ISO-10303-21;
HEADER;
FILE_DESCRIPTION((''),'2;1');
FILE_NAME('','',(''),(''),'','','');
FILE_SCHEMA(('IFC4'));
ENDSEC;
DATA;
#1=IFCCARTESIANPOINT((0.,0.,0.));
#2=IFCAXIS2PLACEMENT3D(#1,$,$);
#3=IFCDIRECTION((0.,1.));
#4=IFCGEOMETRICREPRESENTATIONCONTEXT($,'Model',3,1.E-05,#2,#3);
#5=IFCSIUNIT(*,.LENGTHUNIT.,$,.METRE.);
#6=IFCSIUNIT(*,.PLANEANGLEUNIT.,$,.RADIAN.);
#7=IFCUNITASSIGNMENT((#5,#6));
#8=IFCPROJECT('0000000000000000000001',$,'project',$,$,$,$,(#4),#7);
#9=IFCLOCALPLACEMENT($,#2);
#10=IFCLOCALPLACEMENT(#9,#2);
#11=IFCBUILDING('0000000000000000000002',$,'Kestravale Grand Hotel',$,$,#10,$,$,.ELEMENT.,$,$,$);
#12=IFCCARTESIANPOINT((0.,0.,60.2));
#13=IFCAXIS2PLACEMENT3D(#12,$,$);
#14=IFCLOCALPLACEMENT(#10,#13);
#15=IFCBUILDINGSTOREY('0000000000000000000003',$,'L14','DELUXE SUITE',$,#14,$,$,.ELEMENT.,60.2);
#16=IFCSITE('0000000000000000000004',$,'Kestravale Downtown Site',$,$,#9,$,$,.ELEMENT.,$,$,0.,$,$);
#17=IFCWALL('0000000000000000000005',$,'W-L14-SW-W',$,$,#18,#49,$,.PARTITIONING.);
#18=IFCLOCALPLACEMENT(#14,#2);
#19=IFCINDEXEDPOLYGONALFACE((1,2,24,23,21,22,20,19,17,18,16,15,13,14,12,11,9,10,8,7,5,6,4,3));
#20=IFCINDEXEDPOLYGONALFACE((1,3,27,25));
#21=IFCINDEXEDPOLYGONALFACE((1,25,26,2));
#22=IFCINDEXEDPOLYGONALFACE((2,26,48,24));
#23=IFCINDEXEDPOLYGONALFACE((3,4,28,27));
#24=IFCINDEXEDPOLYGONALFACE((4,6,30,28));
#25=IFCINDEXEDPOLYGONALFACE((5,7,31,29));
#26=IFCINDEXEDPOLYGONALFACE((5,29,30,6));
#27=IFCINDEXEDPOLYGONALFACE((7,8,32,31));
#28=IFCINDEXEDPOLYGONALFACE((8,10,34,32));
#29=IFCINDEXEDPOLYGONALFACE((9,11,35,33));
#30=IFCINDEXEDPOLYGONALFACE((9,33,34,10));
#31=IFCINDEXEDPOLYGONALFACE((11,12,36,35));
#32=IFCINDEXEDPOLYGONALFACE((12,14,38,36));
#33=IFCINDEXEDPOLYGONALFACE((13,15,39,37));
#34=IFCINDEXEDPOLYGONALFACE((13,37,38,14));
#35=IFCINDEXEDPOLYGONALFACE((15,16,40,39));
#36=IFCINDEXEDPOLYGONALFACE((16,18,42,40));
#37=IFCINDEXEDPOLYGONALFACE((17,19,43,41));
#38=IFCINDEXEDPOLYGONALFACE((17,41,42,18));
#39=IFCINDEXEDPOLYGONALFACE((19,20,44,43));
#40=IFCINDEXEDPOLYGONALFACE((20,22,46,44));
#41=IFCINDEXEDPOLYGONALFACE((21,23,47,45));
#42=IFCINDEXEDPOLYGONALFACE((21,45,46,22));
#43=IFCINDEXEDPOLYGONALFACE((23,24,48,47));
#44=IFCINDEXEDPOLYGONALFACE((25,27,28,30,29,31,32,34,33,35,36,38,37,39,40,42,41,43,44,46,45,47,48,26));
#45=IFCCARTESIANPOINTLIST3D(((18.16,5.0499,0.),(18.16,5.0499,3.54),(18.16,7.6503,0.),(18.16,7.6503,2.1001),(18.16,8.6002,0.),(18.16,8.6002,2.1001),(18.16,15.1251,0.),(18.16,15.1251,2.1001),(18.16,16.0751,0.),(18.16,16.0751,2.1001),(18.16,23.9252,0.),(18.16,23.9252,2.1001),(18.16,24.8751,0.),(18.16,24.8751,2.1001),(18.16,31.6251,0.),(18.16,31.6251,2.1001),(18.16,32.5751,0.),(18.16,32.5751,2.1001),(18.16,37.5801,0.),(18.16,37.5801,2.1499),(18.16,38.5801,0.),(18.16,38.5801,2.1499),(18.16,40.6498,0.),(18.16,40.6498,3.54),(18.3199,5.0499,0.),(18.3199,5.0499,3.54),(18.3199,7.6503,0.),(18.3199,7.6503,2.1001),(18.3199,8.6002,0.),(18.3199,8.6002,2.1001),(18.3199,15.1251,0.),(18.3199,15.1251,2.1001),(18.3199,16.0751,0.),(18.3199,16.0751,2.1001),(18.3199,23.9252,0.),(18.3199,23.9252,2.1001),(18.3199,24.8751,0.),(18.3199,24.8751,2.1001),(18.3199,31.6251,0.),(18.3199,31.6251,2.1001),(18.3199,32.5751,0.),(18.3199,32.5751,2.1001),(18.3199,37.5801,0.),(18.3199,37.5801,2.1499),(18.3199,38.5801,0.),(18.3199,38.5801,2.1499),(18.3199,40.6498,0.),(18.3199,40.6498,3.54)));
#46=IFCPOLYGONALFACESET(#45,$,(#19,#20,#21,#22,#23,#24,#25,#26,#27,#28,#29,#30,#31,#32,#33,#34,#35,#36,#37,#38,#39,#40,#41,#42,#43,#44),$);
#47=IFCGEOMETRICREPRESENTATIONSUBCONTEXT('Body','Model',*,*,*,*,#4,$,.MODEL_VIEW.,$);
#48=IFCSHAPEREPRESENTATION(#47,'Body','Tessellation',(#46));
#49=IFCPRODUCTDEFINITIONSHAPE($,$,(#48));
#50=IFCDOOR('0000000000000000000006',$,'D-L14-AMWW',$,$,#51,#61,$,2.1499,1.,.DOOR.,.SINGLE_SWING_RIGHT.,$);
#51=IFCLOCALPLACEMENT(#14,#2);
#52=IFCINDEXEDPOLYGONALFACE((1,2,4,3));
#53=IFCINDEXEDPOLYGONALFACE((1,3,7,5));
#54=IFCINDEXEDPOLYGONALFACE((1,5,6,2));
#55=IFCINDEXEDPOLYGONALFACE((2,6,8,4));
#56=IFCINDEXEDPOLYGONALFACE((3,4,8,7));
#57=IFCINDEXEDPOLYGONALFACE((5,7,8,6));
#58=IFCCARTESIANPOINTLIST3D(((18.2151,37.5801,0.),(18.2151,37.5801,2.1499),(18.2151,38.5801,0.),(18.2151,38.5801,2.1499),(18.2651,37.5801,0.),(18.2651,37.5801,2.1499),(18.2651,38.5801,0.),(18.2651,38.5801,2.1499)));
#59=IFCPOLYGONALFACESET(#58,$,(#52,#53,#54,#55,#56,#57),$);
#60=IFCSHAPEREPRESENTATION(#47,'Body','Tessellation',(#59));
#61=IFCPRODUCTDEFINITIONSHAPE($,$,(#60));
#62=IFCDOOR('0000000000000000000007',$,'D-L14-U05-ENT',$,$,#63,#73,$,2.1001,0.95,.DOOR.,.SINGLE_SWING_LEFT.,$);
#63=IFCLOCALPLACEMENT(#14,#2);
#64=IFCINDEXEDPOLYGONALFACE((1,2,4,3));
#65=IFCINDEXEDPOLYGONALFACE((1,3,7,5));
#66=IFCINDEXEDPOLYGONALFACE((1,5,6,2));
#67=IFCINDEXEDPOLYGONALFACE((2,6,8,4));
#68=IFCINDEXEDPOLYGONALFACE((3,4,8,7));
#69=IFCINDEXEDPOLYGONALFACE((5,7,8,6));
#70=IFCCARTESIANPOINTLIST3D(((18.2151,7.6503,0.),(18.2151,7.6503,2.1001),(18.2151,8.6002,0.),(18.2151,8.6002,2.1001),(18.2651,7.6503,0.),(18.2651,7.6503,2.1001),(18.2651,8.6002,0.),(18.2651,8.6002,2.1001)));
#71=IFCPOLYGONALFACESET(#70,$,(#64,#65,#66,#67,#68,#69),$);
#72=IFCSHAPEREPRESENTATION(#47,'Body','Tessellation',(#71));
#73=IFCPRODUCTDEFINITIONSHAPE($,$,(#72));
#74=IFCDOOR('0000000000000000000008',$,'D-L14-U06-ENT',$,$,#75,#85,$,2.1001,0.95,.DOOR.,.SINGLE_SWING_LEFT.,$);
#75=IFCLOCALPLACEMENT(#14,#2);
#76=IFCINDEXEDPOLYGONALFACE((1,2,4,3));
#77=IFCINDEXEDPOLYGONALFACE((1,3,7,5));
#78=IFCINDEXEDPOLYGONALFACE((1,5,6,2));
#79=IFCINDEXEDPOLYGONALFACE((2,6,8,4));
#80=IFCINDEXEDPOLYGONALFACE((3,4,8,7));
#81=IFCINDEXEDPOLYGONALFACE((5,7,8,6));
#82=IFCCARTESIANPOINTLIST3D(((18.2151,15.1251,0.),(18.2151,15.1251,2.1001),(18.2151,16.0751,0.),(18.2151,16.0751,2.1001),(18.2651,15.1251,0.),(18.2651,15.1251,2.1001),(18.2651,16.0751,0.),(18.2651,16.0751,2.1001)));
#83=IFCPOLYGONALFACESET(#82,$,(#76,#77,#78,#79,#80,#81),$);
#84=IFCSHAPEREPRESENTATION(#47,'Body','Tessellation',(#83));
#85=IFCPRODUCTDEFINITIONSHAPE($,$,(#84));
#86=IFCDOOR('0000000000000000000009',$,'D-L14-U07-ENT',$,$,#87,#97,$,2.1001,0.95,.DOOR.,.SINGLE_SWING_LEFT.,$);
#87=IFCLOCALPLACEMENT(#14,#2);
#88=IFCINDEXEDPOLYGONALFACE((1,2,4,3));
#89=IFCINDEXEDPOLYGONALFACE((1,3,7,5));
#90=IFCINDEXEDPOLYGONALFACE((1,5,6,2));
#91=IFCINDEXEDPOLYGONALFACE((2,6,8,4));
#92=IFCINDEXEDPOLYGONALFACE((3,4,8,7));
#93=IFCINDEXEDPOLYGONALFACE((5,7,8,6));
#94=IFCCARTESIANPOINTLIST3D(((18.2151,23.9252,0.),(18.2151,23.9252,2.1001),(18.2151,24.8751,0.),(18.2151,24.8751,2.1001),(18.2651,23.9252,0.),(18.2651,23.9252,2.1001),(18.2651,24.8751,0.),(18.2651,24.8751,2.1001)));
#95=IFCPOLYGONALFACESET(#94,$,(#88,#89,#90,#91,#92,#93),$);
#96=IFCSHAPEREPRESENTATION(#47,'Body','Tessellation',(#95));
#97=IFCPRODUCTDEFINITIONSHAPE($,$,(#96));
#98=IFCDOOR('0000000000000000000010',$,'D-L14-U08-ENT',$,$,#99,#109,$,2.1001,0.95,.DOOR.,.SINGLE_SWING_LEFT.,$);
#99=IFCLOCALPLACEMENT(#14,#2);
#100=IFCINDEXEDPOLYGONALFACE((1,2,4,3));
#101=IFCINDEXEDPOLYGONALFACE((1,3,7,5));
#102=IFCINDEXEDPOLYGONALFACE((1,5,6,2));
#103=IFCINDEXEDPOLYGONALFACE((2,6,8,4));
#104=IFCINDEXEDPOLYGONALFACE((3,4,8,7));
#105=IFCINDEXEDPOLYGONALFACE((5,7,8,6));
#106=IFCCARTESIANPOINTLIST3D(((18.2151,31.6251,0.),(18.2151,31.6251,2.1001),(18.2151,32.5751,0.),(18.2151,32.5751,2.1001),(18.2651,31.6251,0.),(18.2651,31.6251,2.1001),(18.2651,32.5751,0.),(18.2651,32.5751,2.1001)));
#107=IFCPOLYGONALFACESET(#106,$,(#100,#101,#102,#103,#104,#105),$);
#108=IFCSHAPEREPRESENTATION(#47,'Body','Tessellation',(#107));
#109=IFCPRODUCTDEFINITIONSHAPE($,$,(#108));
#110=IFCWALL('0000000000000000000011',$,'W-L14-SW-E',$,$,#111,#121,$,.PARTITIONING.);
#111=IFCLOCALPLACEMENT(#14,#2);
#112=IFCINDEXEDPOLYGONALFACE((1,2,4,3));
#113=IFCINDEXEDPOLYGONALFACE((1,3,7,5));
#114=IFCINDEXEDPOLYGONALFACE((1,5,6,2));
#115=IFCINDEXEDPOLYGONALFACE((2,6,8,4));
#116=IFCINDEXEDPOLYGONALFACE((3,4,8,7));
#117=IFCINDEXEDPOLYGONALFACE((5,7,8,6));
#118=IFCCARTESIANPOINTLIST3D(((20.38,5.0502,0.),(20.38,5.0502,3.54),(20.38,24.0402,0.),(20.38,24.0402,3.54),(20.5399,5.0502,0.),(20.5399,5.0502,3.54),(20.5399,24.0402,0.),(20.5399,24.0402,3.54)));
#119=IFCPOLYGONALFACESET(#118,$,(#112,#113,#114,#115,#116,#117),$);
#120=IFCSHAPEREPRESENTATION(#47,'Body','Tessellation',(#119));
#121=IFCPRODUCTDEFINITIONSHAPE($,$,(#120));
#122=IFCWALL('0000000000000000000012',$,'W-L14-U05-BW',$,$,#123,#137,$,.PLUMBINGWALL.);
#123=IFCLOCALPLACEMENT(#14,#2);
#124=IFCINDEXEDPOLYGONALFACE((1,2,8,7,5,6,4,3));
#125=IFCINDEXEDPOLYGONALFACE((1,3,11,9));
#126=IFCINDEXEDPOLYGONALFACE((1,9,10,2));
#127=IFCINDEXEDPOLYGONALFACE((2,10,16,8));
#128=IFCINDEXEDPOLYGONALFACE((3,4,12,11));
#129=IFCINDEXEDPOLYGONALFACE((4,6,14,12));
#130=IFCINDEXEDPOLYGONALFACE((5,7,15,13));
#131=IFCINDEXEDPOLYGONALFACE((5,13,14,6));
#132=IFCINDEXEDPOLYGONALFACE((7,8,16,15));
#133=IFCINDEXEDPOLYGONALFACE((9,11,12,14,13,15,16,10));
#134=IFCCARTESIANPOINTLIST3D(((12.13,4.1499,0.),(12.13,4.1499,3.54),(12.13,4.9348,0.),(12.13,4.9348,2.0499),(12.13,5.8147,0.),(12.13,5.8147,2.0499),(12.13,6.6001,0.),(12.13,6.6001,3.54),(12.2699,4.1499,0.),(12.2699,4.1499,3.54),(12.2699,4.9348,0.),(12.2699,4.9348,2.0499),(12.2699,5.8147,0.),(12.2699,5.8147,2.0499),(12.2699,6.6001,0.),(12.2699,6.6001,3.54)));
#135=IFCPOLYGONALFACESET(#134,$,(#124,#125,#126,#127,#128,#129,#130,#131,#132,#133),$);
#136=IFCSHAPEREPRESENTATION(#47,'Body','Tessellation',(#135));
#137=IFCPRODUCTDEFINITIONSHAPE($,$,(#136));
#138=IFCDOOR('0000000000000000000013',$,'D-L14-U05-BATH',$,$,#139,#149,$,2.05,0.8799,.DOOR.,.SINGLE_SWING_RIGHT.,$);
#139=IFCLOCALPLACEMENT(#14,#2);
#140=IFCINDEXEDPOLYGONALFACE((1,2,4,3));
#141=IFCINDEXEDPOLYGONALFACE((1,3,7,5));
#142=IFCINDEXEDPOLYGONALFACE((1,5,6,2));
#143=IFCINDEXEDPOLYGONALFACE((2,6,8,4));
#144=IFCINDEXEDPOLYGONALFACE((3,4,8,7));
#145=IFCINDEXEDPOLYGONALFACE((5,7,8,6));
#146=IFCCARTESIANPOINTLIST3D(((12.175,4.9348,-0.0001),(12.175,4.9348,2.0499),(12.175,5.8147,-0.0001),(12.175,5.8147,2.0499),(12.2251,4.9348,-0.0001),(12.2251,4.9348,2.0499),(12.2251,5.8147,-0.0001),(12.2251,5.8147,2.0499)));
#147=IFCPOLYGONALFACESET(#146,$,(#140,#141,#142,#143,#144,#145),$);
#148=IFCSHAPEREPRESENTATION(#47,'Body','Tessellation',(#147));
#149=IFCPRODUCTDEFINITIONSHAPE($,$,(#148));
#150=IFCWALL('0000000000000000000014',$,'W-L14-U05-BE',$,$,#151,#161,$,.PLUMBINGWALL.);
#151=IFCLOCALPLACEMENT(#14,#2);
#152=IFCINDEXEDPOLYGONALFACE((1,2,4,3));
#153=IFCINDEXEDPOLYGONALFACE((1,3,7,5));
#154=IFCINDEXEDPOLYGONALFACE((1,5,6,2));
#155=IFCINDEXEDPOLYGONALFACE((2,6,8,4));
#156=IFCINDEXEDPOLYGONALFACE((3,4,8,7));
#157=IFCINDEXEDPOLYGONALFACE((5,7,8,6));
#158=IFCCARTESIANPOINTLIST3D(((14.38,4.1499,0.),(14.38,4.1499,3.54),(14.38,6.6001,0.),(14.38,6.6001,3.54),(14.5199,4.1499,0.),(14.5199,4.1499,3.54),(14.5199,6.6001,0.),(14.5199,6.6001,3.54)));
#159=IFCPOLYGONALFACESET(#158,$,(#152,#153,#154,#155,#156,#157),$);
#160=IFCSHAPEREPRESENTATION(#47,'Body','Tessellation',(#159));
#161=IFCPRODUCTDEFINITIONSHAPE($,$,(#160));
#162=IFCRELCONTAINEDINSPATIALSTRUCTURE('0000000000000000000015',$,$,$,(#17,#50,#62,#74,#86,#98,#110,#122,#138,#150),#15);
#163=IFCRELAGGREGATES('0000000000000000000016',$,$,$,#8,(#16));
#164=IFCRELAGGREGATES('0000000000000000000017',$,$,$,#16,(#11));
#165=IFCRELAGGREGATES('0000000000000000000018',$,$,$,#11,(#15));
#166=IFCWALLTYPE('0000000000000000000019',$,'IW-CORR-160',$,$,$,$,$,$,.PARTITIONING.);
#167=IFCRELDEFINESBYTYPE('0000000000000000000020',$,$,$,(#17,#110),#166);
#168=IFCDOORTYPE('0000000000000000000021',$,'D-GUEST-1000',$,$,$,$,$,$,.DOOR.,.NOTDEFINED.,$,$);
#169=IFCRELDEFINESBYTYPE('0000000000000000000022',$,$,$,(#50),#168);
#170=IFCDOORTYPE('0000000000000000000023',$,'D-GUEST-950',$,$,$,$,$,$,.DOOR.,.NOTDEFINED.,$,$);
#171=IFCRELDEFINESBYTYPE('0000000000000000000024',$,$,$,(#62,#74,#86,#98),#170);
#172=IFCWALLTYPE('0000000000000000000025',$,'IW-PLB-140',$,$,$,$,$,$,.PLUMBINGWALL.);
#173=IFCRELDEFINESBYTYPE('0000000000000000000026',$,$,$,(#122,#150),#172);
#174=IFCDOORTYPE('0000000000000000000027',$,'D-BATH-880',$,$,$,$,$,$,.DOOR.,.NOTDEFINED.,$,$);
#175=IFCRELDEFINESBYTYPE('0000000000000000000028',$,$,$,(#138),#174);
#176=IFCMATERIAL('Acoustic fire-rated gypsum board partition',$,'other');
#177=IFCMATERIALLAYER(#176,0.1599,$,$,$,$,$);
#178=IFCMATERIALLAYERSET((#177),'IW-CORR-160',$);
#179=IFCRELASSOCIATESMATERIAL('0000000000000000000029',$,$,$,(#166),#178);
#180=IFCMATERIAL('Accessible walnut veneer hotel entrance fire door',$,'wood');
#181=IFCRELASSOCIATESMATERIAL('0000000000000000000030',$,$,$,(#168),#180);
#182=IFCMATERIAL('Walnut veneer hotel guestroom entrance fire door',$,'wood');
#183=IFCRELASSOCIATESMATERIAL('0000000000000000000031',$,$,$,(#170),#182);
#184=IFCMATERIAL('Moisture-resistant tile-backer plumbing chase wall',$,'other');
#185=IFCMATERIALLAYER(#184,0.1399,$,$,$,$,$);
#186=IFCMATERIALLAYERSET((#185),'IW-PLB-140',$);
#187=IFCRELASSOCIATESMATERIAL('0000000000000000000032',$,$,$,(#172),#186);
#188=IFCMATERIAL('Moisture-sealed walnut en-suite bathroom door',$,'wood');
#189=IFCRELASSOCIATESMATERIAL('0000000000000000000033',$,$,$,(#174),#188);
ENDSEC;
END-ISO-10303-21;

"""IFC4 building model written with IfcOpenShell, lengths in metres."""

from ifc_helpers import new_model, si_unit, direction, frame, frame_2d, origin, place, context, subcontext, project, spatial, rectangle, extrude, material, layer, layer_set, type_object, element, fill, save


model = new_model("IFC4")

# Units and contexts
model_context = context("Model", 3, precision=1e-05, world=origin(), true_north=direction((0.0, 1.0)))
body_context = subcontext(model_context, "Body", "Model", "MODEL_VIEW")
ifc_project = project(units=[si_unit("LENGTHUNIT", "METRE"), si_unit("PLANEANGLEUNIT", "RADIAN")], contexts=[model_context])

# Site, building, storey
site_placement = place(None, origin())
site = spatial("IfcSite", under=ifc_project, at=site_placement, Name="Kestravale Downtown Site", CompositionType="ELEMENT", RefElevation=0.0)
building_placement = place(site_placement, origin())
building = spatial("IfcBuilding", under=site, at=building_placement, Name="Kestravale Grand Hotel", CompositionType="ELEMENT")
storey_placement = place(building_placement, frame((0.0, 0.0, 60.2)))
storey = spatial("IfcBuildingStorey", under=building, at=storey_placement, Name="L14", Description="DELUXE SUITE", CompositionType="ELEMENT", Elevation=60.2)

# Wall, openings, doors
ifc_material_1 = material(Name="Acoustic fire-rated gypsum board partition", Category="other")
ifc_layer_1 = layer(ifc_material_1, 0.1599)
ifc_layer_set_1 = layer_set([ifc_layer_1], Name="IW-CORR-160")
wall_type_1 = type_object("IfcWallType", Name="IW-CORR-160", PredefinedType="PARTITIONING", material=ifc_layer_set_1)
wall_1_placement = place(storey_placement, frame((18.24, 5.05, 0.0), z_axis=(0.0, 0.0, 1.0), x_axis=(0.0, 1.0, 0.0)))
wall_1 = element("IfcWall", 1, at=wall_1_placement, inside=storey, type_object=wall_type_1, Name="W-L14-SW-W", PredefinedType="PARTITIONING", context=body_context, shape_type="SweptSolid", body=[
    extrude(rectangle(XDim=35.5999, YDim=0.1599, at=frame_2d((17.7998, 0.0))), origin(), (0.0, 0.0, 1.0), 3.54),
])
opening_1_placement = place(wall_1_placement, frame((2.6001, 0.0, 0.0)))
opening_1 = element("IfcOpeningElement", 2, at=opening_1_placement, cuts=wall_1, PredefinedType="OPENING", context=body_context, shape_type="SweptSolid", body=[
    extrude(rectangle(XDim=0.95, YDim=2.1001, at=frame_2d((0.4751, 1.05))), frame((0.0, 0.0898, 0.0), z_axis=(0.0, -1.0, 0.0), x_axis=(1.0, 0.0, 0.0)), (0.0, 0.0, 1.0), 0.1799),
])
opening_2_placement = place(wall_1_placement, frame((10.075, 0.0, 0.0)))
opening_2 = element("IfcOpeningElement", 3, at=opening_2_placement, cuts=wall_1, PredefinedType="OPENING", context=body_context, shape_type="SweptSolid", body=[
    extrude(rectangle(XDim=0.95, YDim=2.1001, at=frame_2d((0.4751, 1.05))), frame((0.0, 0.0898, 0.0), z_axis=(0.0, -1.0, 0.0), x_axis=(1.0, 0.0, 0.0)), (0.0, 0.0, 1.0), 0.1799),
])
opening_3_placement = place(wall_1_placement, frame((18.875, 0.0, 0.0)))
opening_3 = element("IfcOpeningElement", 4, at=opening_3_placement, cuts=wall_1, PredefinedType="OPENING", context=body_context, shape_type="SweptSolid", body=[
    extrude(rectangle(XDim=0.95, YDim=2.1001, at=frame_2d((0.4751, 1.05))), frame((0.0, 0.0898, 0.0), z_axis=(0.0, -1.0, 0.0), x_axis=(1.0, 0.0, 0.0)), (0.0, 0.0, 1.0), 0.1799),
])
opening_4_placement = place(wall_1_placement, frame((26.575, 0.0, 0.0)))
opening_4 = element("IfcOpeningElement", 5, at=opening_4_placement, cuts=wall_1, PredefinedType="OPENING", context=body_context, shape_type="SweptSolid", body=[
    extrude(rectangle(XDim=0.95, YDim=2.1001, at=frame_2d((0.4751, 1.05))), frame((0.0, 0.0898, 0.0), z_axis=(0.0, -1.0, 0.0), x_axis=(1.0, 0.0, 0.0)), (0.0, 0.0, 1.0), 0.1799),
])
opening_5_placement = place(wall_1_placement, frame((32.53, 0.0, 0.0)))
opening_5 = element("IfcOpeningElement", 6, at=opening_5_placement, cuts=wall_1, PredefinedType="OPENING", context=body_context, shape_type="SweptSolid", body=[
    extrude(rectangle(XDim=1.0, YDim=2.1499, at=frame_2d((0.5, 1.075))), frame((0.0, 0.0898, 0.0), z_axis=(0.0, -1.0, 0.0), x_axis=(1.0, 0.0, 0.0)), (0.0, 0.0, 1.0), 0.1799),
])
ifc_material_2 = material(Name="Accessible walnut veneer hotel entrance fire door", Category="wood")
door_type_1 = type_object("IfcDoorType", Name="D-GUEST-1000", OperationType="NOTDEFINED", PredefinedType="DOOR", material=ifc_material_2)
door_1_placement = place(opening_5_placement, origin())
door_1 = element("IfcDoor", 7, at=door_1_placement, inside=storey, type_object=door_type_1, Name="D-L14-AMWW", OperationType="SINGLE_SWING_RIGHT", OverallHeight=2.1499, OverallWidth=1.0, PredefinedType="DOOR", context=body_context, shape_type="SweptSolid", body=[
    extrude(rectangle(XDim=1.0, YDim=2.1499, at=frame_2d((0.5, 1.075))), frame((0.0, 0.0249, 0.0), z_axis=(0.0, -1.0, 0.0), x_axis=(1.0, 0.0, 0.0)), (0.0, 0.0, 1.0), 0.05),
])
fill(opening_5, door_1)
ifc_material_3 = material(Name="Walnut veneer hotel guestroom entrance fire door", Category="wood")
door_type_2 = type_object("IfcDoorType", Name="D-GUEST-950", OperationType="NOTDEFINED", PredefinedType="DOOR", material=ifc_material_3)
door_2_placement = place(opening_1_placement, origin())
door_2 = element("IfcDoor", 8, at=door_2_placement, inside=storey, type_object=door_type_2, Name="D-L14-U05-ENT", OperationType="SINGLE_SWING_LEFT", OverallHeight=2.1001, OverallWidth=0.95, PredefinedType="DOOR", context=body_context, shape_type="SweptSolid", body=[
    extrude(rectangle(XDim=0.95, YDim=2.1001, at=frame_2d((0.4751, 1.05))), frame((0.0, 0.0249, 0.0), z_axis=(0.0, -1.0, 0.0), x_axis=(1.0, 0.0, 0.0)), (0.0, 0.0, 1.0), 0.05),
])
fill(opening_1, door_2)
door_3_placement = place(opening_2_placement, origin())
door_3 = element("IfcDoor", 9, at=door_3_placement, inside=storey, type_object=door_type_2, Name="D-L14-U06-ENT", OperationType="SINGLE_SWING_LEFT", OverallHeight=2.1001, OverallWidth=0.95, PredefinedType="DOOR", context=body_context, shape_type="SweptSolid", body=[
    extrude(rectangle(XDim=0.95, YDim=2.1001, at=frame_2d((0.4751, 1.05))), frame((0.0, 0.0249, 0.0), z_axis=(0.0, -1.0, 0.0), x_axis=(1.0, 0.0, 0.0)), (0.0, 0.0, 1.0), 0.05),
])
fill(opening_2, door_3)
door_4_placement = place(opening_3_placement, origin())
door_4 = element("IfcDoor", 10, at=door_4_placement, inside=storey, type_object=door_type_2, Name="D-L14-U07-ENT", OperationType="SINGLE_SWING_LEFT", OverallHeight=2.1001, OverallWidth=0.95, PredefinedType="DOOR", context=body_context, shape_type="SweptSolid", body=[
    extrude(rectangle(XDim=0.95, YDim=2.1001, at=frame_2d((0.4751, 1.05))), frame((0.0, 0.0249, 0.0), z_axis=(0.0, -1.0, 0.0), x_axis=(1.0, 0.0, 0.0)), (0.0, 0.0, 1.0), 0.05),
])
fill(opening_3, door_4)
door_5_placement = place(opening_4_placement, origin())
door_5 = element("IfcDoor", 11, at=door_5_placement, inside=storey, type_object=door_type_2, Name="D-L14-U08-ENT", OperationType="SINGLE_SWING_LEFT", OverallHeight=2.1001, OverallWidth=0.95, PredefinedType="DOOR", context=body_context, shape_type="SweptSolid", body=[
    extrude(rectangle(XDim=0.95, YDim=2.1001, at=frame_2d((0.4751, 1.05))), frame((0.0, 0.0249, 0.0), z_axis=(0.0, -1.0, 0.0), x_axis=(1.0, 0.0, 0.0)), (0.0, 0.0, 1.0), 0.05),
])
fill(opening_4, door_5)

# Wall
wall_2_placement = place(storey_placement, frame((20.46, 5.05, 0.0), z_axis=(0.0, 0.0, 1.0), x_axis=(0.0, 1.0, 0.0)))
element("IfcWall", 12, at=wall_2_placement, inside=storey, type_object=wall_type_1, Name="W-L14-SW-E", PredefinedType="PARTITIONING", context=body_context, shape_type="SweptSolid", body=[
    extrude(rectangle(XDim=18.99, YDim=0.1599, at=frame_2d((9.4951, 0.0))), origin(), (0.0, 0.0, 1.0), 3.54),
])

# Wall, opening, door
ifc_material_4 = material(Name="Moisture-resistant tile-backer plumbing chase wall", Category="other")
ifc_layer_2 = layer(ifc_material_4, 0.1399)
ifc_layer_set_2 = layer_set([ifc_layer_2], Name="IW-PLB-140")
wall_type_2 = type_object("IfcWallType", Name="IW-PLB-140", PredefinedType="PLUMBINGWALL", material=ifc_layer_set_2)
wall_3_placement = place(storey_placement, frame((12.2, 4.1499, 0.0), z_axis=(0.0, 0.0, 1.0), x_axis=(0.0, 1.0, 0.0)))
wall_3 = element("IfcWall", 13, at=wall_3_placement, inside=storey, type_object=wall_type_2, Name="W-L14-U05-BW", PredefinedType="PLUMBINGWALL", context=body_context, shape_type="SweptSolid", body=[
    extrude(rectangle(XDim=2.4502, YDim=0.1399, at=frame_2d((1.2251, 0.0))), origin(), (0.0, 0.0, 1.0), 3.54),
])
opening_6_placement = place(wall_3_placement, frame((0.7849, 0.0, 0.0)))
opening_6 = element("IfcOpeningElement", 14, at=opening_6_placement, cuts=wall_3, PredefinedType="OPENING", context=body_context, shape_type="SweptSolid", body=[
    extrude(rectangle(XDim=0.8799, YDim=2.05, at=frame_2d((0.4399, 1.0249))), frame((0.0, 0.0798, 0.0), z_axis=(0.0, -1.0, 0.0), x_axis=(1.0, 0.0, 0.0)), (0.0, 0.0, 1.0), 0.1599),
])
ifc_material_5 = material(Name="Moisture-sealed walnut en-suite bathroom door", Category="wood")
door_type_3 = type_object("IfcDoorType", Name="D-BATH-880", OperationType="NOTDEFINED", PredefinedType="DOOR", material=ifc_material_5)
door_6_placement = place(opening_6_placement, origin())
door_6 = element("IfcDoor", 15, at=door_6_placement, inside=storey, type_object=door_type_3, Name="D-L14-U05-BATH", OperationType="SINGLE_SWING_RIGHT", OverallHeight=2.05, OverallWidth=0.8799, PredefinedType="DOOR", context=body_context, shape_type="SweptSolid", body=[
    extrude(rectangle(XDim=0.8799, YDim=2.05, at=frame_2d((0.4399, 1.0249))), frame((0.0, 0.0249, 0.0), z_axis=(0.0, -1.0, 0.0), x_axis=(1.0, 0.0, 0.0)), (0.0, 0.0, 1.0), 0.05),
])
fill(opening_6, door_6)

# Wall
wall_4_placement = place(storey_placement, frame((14.45, 4.1499, 0.0), z_axis=(0.0, 0.0, 1.0), x_axis=(0.0, 1.0, 0.0)))
element("IfcWall", 16, at=wall_4_placement, inside=storey, type_object=wall_type_2, Name="W-L14-U05-BE", PredefinedType="PLUMBINGWALL", context=body_context, shape_type="SweptSolid", body=[
    extrude(rectangle(XDim=2.4502, YDim=0.1399, at=frame_2d((1.2251, 0.0))), origin(), (0.0, 0.0, 1.0), 3.54),
])

save(model, "model.ifc")
